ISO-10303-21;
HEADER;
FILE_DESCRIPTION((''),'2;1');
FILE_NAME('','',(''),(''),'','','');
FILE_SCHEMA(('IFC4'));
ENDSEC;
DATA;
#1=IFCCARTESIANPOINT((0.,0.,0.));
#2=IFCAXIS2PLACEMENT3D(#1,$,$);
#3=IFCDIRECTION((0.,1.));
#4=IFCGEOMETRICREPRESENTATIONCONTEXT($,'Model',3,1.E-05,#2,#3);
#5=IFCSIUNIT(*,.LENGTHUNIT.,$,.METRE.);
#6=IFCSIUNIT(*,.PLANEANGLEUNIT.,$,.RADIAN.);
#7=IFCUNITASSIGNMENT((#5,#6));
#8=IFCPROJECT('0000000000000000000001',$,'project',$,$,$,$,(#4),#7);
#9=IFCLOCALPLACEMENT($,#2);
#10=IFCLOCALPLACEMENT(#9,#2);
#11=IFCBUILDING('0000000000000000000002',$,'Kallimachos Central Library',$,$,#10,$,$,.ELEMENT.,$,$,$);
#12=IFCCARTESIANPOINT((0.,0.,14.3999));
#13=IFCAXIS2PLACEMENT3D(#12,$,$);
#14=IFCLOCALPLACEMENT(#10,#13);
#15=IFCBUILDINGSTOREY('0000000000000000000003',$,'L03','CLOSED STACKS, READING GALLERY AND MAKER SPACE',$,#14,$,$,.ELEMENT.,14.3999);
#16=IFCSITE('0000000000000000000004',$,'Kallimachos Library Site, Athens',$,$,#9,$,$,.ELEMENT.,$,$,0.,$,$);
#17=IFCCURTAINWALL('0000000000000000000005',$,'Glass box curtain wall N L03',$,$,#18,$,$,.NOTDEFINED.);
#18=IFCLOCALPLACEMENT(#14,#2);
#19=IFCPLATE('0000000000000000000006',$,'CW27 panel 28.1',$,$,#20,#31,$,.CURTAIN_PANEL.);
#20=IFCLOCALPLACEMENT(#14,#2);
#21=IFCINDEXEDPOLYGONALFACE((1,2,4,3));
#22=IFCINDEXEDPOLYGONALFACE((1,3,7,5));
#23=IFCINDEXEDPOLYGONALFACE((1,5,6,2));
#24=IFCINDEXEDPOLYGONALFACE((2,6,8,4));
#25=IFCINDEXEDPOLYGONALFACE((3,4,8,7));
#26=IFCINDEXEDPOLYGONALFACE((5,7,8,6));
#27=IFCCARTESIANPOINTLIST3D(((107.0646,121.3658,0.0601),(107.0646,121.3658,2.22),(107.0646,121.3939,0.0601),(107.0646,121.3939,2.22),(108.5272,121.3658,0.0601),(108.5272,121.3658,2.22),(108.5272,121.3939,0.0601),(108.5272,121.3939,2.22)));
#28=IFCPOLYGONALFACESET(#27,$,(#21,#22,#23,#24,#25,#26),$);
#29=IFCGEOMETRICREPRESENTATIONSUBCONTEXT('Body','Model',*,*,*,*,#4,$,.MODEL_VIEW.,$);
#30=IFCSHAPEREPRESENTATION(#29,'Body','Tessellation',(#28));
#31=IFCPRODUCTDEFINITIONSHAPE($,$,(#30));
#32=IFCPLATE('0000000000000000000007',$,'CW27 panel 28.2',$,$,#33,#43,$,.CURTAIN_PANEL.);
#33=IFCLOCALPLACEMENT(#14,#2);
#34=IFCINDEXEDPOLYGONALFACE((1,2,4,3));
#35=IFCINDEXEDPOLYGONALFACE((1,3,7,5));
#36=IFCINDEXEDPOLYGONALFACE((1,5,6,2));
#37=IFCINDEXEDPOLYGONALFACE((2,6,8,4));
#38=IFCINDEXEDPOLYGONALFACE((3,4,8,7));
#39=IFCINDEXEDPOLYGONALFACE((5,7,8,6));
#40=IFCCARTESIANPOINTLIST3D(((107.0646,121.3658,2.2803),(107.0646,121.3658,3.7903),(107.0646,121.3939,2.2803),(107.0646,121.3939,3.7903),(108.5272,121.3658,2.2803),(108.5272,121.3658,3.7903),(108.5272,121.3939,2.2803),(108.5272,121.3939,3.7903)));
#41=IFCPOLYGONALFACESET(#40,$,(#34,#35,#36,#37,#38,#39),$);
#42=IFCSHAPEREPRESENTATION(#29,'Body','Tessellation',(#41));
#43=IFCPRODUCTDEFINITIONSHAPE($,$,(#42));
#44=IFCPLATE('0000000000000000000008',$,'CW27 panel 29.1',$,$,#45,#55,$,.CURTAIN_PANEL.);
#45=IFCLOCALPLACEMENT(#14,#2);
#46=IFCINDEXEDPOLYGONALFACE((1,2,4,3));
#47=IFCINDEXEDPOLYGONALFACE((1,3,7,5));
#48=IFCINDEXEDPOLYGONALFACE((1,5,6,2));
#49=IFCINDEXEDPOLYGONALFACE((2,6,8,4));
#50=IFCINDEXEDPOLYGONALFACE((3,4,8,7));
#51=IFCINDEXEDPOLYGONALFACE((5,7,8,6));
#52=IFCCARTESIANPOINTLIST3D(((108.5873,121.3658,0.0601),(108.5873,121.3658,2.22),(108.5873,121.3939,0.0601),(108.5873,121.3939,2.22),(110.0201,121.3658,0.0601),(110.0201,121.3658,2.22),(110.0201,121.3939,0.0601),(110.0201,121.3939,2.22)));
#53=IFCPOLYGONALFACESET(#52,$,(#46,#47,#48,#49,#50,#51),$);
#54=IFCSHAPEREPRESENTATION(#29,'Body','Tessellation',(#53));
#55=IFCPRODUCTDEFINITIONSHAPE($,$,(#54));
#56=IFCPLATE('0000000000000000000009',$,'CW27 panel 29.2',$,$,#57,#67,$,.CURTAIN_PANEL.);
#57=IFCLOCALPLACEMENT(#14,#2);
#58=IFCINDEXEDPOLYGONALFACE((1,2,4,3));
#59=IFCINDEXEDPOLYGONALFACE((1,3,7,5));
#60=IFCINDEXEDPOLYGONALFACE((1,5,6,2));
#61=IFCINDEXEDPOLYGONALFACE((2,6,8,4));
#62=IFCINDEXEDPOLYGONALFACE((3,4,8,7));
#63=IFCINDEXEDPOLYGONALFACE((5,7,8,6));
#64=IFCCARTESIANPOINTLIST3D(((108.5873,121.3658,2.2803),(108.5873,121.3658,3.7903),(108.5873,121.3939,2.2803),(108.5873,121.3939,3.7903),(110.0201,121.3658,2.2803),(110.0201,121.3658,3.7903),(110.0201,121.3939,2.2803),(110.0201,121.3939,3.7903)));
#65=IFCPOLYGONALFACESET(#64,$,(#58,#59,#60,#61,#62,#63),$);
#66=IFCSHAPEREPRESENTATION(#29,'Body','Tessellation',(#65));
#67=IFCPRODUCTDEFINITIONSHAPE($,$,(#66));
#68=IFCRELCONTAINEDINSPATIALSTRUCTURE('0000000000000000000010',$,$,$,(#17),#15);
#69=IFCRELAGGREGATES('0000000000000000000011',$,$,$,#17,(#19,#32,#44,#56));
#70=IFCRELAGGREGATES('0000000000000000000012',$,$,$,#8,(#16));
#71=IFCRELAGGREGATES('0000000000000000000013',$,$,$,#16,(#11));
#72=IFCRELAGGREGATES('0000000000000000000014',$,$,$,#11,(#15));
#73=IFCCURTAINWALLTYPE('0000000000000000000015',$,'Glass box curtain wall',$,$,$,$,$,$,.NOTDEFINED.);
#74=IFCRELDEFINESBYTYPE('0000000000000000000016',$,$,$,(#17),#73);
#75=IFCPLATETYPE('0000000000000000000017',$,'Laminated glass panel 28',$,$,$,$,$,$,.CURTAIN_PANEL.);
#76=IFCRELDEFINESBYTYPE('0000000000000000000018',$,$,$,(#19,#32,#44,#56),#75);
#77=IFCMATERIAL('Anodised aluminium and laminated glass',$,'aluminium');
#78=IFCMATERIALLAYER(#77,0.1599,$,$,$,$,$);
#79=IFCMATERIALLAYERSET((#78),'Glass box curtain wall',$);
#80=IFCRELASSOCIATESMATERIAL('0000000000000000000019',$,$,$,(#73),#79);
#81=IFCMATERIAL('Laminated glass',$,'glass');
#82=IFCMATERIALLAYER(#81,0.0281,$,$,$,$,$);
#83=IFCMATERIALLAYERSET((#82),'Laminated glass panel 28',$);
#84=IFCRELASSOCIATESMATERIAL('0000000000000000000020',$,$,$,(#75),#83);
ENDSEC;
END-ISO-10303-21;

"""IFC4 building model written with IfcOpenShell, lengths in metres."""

from ifc_helpers import new_model, si_unit, direction, frame, origin, origin_2d, place, context, subcontext, project, spatial, rectangle, extrude, material, layer, layer_set, type_object, element, aggregate, save


model = new_model("IFC4")

# Units and contexts
model_context = context("Model", 3, precision=1e-05, world=origin(), true_north=direction((0.0, 1.0)))
body_context = subcontext(model_context, "Body", "Model", "MODEL_VIEW")
ifc_project = project(units=[si_unit("LENGTHUNIT", "METRE"), si_unit("PLANEANGLEUNIT", "RADIAN")], contexts=[model_context])

# Site, building, storey
site_placement = place(None, origin())
site = spatial("IfcSite", under=ifc_project, at=site_placement, Name="Kallimachos Library Site, Athens", CompositionType="ELEMENT", RefElevation=0.0)
building_placement = place(site_placement, origin())
building = spatial("IfcBuilding", under=site, at=building_placement, Name="Kallimachos Central Library", CompositionType="ELEMENT")
storey_placement = place(building_placement, frame((0.0, 0.0, 14.3999)))
storey = spatial("IfcBuildingStorey", under=building, at=storey_placement, Name="L03", Description="CLOSED STACKS, READING GALLERY AND MAKER SPACE", CompositionType="ELEMENT", Elevation=14.3999)

# Shared definitions
ifc_material_1 = material(Name="Anodised aluminium and laminated glass", Category="aluminium")
ifc_layer_1 = layer(ifc_material_1, 0.1599)
ifc_layer_set_1 = layer_set([ifc_layer_1], Name="Glass box curtain wall")
curtain_wall_type = type_object("IfcCurtainWallType", Name="Glass box curtain wall", PredefinedType="NOTDEFINED", material=ifc_layer_set_1)

# Curtain wall
curtain_wall_1_placement = place(storey_placement, origin())
curtain_wall_1 = element("IfcCurtainWall", 1, at=curtain_wall_1_placement, inside=storey, type_object=curtain_wall_type, Name="Glass box curtain wall N L03", PredefinedType="NOTDEFINED")

# Plates
ifc_material_2 = material(Name="Laminated glass", Category="glass")
ifc_layer_2 = layer(ifc_material_2, 0.0281)
ifc_layer_set_2 = layer_set([ifc_layer_2], Name="Laminated glass panel 28")
plate_type = type_object("IfcPlateType", Name="Laminated glass panel 28", PredefinedType="CURTAIN_PANEL", material=ifc_layer_set_2)
plate_1_placement = place(storey_placement, frame((107.7959, 121.3799, 0.0601), z_axis=(0.0, 0.0, 1.0), x_axis=(1.0, 0.0, 0.0)))
plate_1 = element("IfcPlate", 2, at=plate_1_placement, type_object=plate_type, Name="CW27 panel 28.1", PredefinedType="CURTAIN_PANEL", context=body_context, shape_type="SweptSolid", body=[
    extrude(rectangle(XDim=1.4626, YDim=0.0281, at=origin_2d()), origin(), (0.0, 0.0, 1.0), 2.1599),
])
plate_2_placement = place(storey_placement, frame((107.7959, 121.3799, 2.2803), z_axis=(0.0, 0.0, 1.0), x_axis=(1.0, 0.0, 0.0)))
plate_2 = element("IfcPlate", 3, at=plate_2_placement, type_object=plate_type, Name="CW27 panel 28.2", PredefinedType="CURTAIN_PANEL", context=body_context, shape_type="SweptSolid", body=[
    extrude(rectangle(XDim=1.4626, YDim=0.0281, at=origin_2d()), origin(), (0.0, 0.0, 1.0), 1.51),
])
plate_3_placement = place(storey_placement, frame((109.3037, 121.3799, 0.0601), z_axis=(0.0, 0.0, 1.0), x_axis=(1.0, 0.0, 0.0)))
plate_3 = element("IfcPlate", 4, at=plate_3_placement, type_object=plate_type, Name="CW27 panel 29.1", PredefinedType="CURTAIN_PANEL", context=body_context, shape_type="SweptSolid", body=[
    extrude(rectangle(XDim=1.4329, YDim=0.0281, at=origin_2d()), origin(), (0.0, 0.0, 1.0), 2.1599),
])
plate_4_placement = place(storey_placement, frame((109.3037, 121.3799, 2.2803), z_axis=(0.0, 0.0, 1.0), x_axis=(1.0, 0.0, 0.0)))
plate_4 = element("IfcPlate", 5, at=plate_4_placement, type_object=plate_type, Name="CW27 panel 29.2", PredefinedType="CURTAIN_PANEL", context=body_context, shape_type="SweptSolid", body=[
    extrude(rectangle(XDim=1.4329, YDim=0.0281, at=origin_2d()), origin(), (0.0, 0.0, 1.0), 1.51),
])
aggregate(curtain_wall_1, [plate_1, plate_2, plate_3, plate_4])

save(model, "model.ifc")
